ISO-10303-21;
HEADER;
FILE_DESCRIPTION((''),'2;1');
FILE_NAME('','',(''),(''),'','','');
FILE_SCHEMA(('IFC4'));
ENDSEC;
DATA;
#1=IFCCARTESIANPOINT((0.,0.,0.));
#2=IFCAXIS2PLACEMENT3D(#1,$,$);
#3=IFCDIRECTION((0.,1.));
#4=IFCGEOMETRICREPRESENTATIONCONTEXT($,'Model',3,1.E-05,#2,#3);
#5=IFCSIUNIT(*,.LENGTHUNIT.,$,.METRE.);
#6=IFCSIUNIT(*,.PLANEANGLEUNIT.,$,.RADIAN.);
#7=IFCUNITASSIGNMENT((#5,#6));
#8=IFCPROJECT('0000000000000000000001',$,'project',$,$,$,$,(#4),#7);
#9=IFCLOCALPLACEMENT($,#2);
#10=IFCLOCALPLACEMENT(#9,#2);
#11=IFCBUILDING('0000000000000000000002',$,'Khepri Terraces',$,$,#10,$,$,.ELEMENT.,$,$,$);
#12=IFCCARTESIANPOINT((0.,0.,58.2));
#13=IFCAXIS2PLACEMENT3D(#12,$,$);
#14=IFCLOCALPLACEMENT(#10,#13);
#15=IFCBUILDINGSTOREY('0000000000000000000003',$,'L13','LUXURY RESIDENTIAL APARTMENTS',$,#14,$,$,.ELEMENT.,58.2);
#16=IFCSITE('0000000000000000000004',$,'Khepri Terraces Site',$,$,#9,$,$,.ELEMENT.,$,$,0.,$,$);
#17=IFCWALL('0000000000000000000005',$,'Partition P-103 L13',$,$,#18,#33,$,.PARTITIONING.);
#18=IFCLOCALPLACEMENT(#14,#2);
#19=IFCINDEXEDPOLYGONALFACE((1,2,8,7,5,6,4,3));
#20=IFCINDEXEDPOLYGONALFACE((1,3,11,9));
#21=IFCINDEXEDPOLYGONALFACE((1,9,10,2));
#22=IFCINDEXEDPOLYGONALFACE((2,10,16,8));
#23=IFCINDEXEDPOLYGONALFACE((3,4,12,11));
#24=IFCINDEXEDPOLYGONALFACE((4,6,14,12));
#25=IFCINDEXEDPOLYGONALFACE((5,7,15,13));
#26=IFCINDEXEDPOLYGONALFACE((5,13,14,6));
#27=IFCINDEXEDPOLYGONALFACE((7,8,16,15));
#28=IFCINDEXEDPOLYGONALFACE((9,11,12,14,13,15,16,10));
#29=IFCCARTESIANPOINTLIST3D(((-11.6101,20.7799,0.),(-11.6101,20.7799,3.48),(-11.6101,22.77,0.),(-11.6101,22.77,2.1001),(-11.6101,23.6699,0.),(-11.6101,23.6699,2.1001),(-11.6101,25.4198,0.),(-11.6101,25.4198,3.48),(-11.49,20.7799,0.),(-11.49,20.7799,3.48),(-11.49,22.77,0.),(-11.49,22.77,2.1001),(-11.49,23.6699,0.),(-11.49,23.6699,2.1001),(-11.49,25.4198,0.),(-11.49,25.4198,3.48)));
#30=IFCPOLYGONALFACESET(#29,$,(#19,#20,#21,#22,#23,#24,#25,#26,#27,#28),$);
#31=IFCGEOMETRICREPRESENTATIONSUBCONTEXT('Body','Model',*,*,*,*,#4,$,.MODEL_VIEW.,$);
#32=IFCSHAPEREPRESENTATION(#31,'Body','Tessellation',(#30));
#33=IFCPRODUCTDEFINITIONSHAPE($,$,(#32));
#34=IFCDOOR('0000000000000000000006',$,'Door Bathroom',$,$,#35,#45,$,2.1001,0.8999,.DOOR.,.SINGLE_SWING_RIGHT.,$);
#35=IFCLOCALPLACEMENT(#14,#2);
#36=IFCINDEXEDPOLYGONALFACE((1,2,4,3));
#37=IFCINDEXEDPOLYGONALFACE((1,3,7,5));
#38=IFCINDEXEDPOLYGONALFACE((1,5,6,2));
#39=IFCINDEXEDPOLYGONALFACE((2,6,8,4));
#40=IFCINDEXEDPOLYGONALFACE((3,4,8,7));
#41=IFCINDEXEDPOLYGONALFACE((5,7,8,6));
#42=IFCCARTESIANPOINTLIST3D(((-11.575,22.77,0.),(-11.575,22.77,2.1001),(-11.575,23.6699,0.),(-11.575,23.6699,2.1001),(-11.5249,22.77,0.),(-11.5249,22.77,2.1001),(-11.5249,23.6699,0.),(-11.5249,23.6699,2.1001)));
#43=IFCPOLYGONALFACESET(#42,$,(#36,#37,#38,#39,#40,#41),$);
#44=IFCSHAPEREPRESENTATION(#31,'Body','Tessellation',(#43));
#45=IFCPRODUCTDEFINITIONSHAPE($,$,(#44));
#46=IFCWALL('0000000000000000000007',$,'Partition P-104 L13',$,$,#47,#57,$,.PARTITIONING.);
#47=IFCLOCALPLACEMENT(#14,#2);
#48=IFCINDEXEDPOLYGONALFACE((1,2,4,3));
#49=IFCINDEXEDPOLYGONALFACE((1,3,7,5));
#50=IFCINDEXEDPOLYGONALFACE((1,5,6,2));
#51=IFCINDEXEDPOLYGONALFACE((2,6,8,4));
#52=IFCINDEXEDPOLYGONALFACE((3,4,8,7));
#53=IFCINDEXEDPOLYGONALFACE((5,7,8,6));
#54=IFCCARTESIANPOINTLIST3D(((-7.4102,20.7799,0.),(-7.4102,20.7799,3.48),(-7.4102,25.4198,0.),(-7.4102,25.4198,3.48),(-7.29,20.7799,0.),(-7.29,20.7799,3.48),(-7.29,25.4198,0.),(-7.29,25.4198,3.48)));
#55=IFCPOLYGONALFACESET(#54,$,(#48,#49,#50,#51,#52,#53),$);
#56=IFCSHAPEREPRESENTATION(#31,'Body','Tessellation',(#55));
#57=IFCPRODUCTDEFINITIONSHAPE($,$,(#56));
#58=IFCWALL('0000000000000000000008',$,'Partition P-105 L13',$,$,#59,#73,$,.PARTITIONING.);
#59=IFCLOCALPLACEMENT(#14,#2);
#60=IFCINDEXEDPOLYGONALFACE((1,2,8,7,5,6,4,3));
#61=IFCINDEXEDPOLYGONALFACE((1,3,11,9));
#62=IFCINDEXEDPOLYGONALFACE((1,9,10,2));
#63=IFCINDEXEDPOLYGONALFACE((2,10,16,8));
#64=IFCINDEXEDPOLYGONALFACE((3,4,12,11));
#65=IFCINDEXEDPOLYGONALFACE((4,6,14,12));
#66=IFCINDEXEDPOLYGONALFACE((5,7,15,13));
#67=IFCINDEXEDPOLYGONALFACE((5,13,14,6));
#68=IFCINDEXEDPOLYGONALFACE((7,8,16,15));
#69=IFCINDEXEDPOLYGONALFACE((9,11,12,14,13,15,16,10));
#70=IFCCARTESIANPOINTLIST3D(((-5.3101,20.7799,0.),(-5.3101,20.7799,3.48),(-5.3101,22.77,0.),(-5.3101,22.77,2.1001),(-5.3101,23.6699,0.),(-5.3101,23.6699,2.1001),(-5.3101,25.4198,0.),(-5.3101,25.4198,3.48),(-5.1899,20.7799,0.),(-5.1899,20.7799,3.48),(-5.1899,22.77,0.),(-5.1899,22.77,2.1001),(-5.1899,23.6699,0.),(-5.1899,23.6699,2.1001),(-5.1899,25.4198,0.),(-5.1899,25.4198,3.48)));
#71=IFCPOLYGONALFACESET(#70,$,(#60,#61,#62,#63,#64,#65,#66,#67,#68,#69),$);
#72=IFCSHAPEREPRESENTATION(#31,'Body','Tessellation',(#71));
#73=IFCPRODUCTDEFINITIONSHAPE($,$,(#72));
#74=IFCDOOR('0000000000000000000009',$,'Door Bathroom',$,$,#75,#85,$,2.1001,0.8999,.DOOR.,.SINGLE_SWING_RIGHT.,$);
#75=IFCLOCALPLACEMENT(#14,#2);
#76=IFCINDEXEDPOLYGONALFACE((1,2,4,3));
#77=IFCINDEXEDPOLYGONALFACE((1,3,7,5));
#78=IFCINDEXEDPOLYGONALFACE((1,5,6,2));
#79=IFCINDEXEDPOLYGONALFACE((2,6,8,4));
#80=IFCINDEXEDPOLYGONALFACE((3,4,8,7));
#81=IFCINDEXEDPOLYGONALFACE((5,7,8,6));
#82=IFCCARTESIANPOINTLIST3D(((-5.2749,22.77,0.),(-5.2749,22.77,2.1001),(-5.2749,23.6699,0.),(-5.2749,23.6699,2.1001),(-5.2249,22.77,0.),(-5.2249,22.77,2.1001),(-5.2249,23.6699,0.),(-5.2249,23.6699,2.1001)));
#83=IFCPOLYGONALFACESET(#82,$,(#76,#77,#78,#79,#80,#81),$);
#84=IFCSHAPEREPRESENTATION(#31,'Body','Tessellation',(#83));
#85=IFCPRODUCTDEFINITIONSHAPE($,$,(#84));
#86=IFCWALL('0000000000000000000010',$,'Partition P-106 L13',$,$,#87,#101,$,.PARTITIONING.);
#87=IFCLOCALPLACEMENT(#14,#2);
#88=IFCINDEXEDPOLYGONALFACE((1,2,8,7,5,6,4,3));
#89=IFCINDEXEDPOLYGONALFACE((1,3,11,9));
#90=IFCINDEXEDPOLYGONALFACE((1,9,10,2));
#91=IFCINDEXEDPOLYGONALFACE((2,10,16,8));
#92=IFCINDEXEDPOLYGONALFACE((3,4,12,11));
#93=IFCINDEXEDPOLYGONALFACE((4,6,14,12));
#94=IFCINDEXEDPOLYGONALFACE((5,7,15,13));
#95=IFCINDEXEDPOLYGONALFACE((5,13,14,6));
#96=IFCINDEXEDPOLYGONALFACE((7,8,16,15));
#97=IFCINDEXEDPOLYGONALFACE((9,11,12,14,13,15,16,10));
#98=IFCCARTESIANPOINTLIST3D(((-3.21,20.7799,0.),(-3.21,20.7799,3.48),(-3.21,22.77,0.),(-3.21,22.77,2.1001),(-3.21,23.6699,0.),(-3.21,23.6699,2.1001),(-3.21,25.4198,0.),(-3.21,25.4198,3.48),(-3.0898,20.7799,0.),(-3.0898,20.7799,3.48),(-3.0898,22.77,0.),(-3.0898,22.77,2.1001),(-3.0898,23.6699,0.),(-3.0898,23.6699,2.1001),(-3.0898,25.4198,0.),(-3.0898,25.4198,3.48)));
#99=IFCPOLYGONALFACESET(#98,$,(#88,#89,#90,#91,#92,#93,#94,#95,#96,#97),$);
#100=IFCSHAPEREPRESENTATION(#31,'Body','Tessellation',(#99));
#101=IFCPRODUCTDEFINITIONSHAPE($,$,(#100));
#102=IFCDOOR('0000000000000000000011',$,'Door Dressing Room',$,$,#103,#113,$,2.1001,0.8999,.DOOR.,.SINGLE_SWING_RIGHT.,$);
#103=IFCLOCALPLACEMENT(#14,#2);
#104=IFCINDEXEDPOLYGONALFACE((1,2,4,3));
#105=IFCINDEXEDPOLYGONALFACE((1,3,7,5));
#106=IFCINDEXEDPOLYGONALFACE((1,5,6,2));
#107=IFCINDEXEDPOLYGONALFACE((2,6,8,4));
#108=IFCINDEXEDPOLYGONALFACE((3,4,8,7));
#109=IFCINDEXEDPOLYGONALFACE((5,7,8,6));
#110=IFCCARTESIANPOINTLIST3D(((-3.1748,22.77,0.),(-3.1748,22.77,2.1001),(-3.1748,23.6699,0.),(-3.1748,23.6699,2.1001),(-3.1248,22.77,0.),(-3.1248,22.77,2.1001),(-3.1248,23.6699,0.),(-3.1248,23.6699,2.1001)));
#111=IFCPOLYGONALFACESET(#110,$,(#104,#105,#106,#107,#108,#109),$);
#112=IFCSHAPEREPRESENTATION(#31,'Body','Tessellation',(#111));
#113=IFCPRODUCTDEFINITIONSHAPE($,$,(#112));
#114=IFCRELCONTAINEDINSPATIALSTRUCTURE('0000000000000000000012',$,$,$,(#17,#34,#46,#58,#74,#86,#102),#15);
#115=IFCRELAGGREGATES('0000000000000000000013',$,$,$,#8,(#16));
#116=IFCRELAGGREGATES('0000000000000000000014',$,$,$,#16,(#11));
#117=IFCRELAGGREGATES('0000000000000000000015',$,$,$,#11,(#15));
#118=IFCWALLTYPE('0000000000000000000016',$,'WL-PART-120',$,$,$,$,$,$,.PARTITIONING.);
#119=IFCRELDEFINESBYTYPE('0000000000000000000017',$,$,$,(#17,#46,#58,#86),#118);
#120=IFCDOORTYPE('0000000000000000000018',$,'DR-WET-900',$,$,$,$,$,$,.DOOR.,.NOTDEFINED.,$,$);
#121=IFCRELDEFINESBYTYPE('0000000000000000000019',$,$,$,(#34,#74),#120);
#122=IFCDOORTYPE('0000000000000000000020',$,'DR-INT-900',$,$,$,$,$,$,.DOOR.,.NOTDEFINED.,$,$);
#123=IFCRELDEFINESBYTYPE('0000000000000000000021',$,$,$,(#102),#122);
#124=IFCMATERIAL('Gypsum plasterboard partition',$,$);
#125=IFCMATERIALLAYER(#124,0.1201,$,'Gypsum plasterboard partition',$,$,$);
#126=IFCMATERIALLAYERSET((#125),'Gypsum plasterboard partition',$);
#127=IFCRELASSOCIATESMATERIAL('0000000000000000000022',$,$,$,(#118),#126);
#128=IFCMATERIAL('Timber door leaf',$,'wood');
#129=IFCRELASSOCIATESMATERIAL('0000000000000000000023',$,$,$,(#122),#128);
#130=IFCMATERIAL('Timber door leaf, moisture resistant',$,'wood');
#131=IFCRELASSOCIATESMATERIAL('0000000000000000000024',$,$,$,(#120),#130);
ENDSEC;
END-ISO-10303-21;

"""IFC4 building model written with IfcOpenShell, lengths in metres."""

from ifc_helpers import new_model, si_unit, direction, frame, frame_2d, origin, place, context, subcontext, project, spatial, rectangle, extrude, material, layer, layer_set, type_object, element, fill, save


model = new_model("IFC4")

# Units and contexts
model_context = context("Model", 3, precision=1e-05, world=origin(), true_north=direction((0.0, 1.0)))
body_context = subcontext(model_context, "Body", "Model", "MODEL_VIEW")
ifc_project = project(units=[si_unit("LENGTHUNIT", "METRE"), si_unit("PLANEANGLEUNIT", "RADIAN")], contexts=[model_context])

# Site, building, storey
site_placement = place(None, origin())
site = spatial("IfcSite", under=ifc_project, at=site_placement, Name="Khepri Terraces Site", CompositionType="ELEMENT", RefElevation=0.0)
building_placement = place(site_placement, origin())
building = spatial("IfcBuilding", under=site, at=building_placement, Name="Khepri Terraces", CompositionType="ELEMENT")
storey_placement = place(building_placement, frame((0.0, 0.0, 58.2)))
storey = spatial("IfcBuildingStorey", under=building, at=storey_placement, Name="L13", Description="LUXURY RESIDENTIAL APARTMENTS", CompositionType="ELEMENT", Elevation=58.2)

# Shared definitions
ifc_material_1 = material(Name="Gypsum plasterboard partition")
ifc_layer_1 = layer(ifc_material_1, 0.1201, Name="Gypsum plasterboard partition")
ifc_layer_set_1 = layer_set([ifc_layer_1], Name="Gypsum plasterboard partition")
wall_type_1 = type_object("IfcWallType", Name="WL-PART-120", PredefinedType="PARTITIONING", material=ifc_layer_set_1)
ifc_material_2 = material(Name="Timber door leaf", Category="wood")
door_type_1 = type_object("IfcDoorType", Name="DR-INT-900", OperationType="NOTDEFINED", PredefinedType="DOOR", material=ifc_material_2)

# Wall, opening, door
wall_1_placement = place(storey_placement, frame((-11.55, 20.78, 0.0), z_axis=(0.0, 0.0, 1.0), x_axis=(0.0, 1.0, 0.0)))
wall_1 = element("IfcWall", 1, at=wall_1_placement, inside=storey, type_object=wall_type_1, Name="Partition P-103 L13", PredefinedType="PARTITIONING", context=body_context, shape_type="SweptSolid", body=[
    extrude(rectangle(XDim=4.6399, YDim=0.1201, at=frame_2d((2.3198, 0.0))), origin(), (0.0, 0.0, 1.0), 3.48),
])
opening_1_placement = place(wall_1_placement, frame((1.99, 0.0, 0.0)))
opening_1 = element("IfcOpeningElement", 2, at=opening_1_placement, cuts=wall_1, PredefinedType="OPENING", context=body_context, shape_type="SweptSolid", body=[
    extrude(rectangle(XDim=0.8999, YDim=2.1001, at=frame_2d((0.45, 1.05))), frame((0.0, 0.0701, 0.0), z_axis=(0.0, -1.0, 0.0), x_axis=(1.0, 0.0, 0.0)), (0.0, 0.0, 1.0), 0.1401),
])
ifc_material_3 = material(Name="Timber door leaf, moisture resistant", Category="wood")
door_type_2 = type_object("IfcDoorType", Name="DR-WET-900", OperationType="NOTDEFINED", PredefinedType="DOOR", material=ifc_material_3)
door_1_placement = place(opening_1_placement, origin())
door_1 = element("IfcDoor", 3, at=door_1_placement, inside=storey, type_object=door_type_2, Name="Door Bathroom", OperationType="SINGLE_SWING_RIGHT", OverallHeight=2.1001, OverallWidth=0.8999, PredefinedType="DOOR", context=body_context, shape_type="SweptSolid", body=[
    extrude(rectangle(XDim=0.8999, YDim=2.1001, at=frame_2d((0.45, 1.05))), frame((0.0, 0.0249, 0.0), z_axis=(0.0, -1.0, 0.0), x_axis=(1.0, 0.0, 0.0)), (0.0, 0.0, 1.0), 0.05),
])
fill(opening_1, door_1)

# Wall
wall_2_placement = place(storey_placement, frame((-7.3501, 20.78, 0.0), z_axis=(0.0, 0.0, 1.0), x_axis=(0.0, 1.0, 0.0)))
element("IfcWall", 4, at=wall_2_placement, inside=storey, type_object=wall_type_1, Name="Partition P-104 L13", PredefinedType="PARTITIONING", context=body_context, shape_type="SweptSolid", body=[
    extrude(rectangle(XDim=4.6399, YDim=0.1201, at=frame_2d((2.3198, 0.0))), origin(), (0.0, 0.0, 1.0), 3.48),
])

# Walls, openings, doors
wall_3_placement = place(storey_placement, frame((-5.25, 20.78, 0.0), z_axis=(0.0, 0.0, 1.0), x_axis=(0.0, 1.0, 0.0)))
wall_3 = element("IfcWall", 5, at=wall_3_placement, inside=storey, type_object=wall_type_1, Name="Partition P-105 L13", PredefinedType="PARTITIONING", context=body_context, shape_type="SweptSolid", body=[
    extrude(rectangle(XDim=4.6399, YDim=0.1201, at=frame_2d((2.3198, 0.0))), origin(), (0.0, 0.0, 1.0), 3.48),
])
opening_2_placement = place(wall_3_placement, frame((1.99, 0.0, 0.0)))
opening_2 = element("IfcOpeningElement", 6, at=opening_2_placement, cuts=wall_3, PredefinedType="OPENING", context=body_context, shape_type="SweptSolid", body=[
    extrude(rectangle(XDim=0.8999, YDim=2.1001, at=frame_2d((0.45, 1.05))), frame((0.0, 0.0701, 0.0), z_axis=(0.0, -1.0, 0.0), x_axis=(1.0, 0.0, 0.0)), (0.0, 0.0, 1.0), 0.1401),
])
door_2_placement = place(opening_2_placement, origin())
door_2 = element("IfcDoor", 7, at=door_2_placement, inside=storey, type_object=door_type_2, Name="Door Bathroom", OperationType="SINGLE_SWING_RIGHT", OverallHeight=2.1001, OverallWidth=0.8999, PredefinedType="DOOR", context=body_context, shape_type="SweptSolid", body=[
    extrude(rectangle(XDim=0.8999, YDim=2.1001, at=frame_2d((0.45, 1.05))), frame((0.0, 0.0249, 0.0), z_axis=(0.0, -1.0, 0.0), x_axis=(1.0, 0.0, 0.0)), (0.0, 0.0, 1.0), 0.05),
])
fill(opening_2, door_2)
wall_4_placement = place(storey_placement, frame((-3.1499, 20.78, 0.0), z_axis=(0.0, 0.0, 1.0), x_axis=(0.0, 1.0, 0.0)))
wall_4 = element("IfcWall", 8, at=wall_4_placement, inside=storey, type_object=wall_type_1, Name="Partition P-106 L13", PredefinedType="PARTITIONING", context=body_context, shape_type="SweptSolid", body=[
    extrude(rectangle(XDim=4.6399, YDim=0.1201, at=frame_2d((2.3198, 0.0))), origin(), (0.0, 0.0, 1.0), 3.48),
])
opening_3_placement = place(wall_4_placement, frame((1.99, 0.0, 0.0)))
opening_3 = element("IfcOpeningElement", 9, at=opening_3_placement, cuts=wall_4, PredefinedType="OPENING", context=body_context, shape_type="SweptSolid", body=[
    extrude(rectangle(XDim=0.8999, YDim=2.1001, at=frame_2d((0.45, 1.05))), frame((0.0, 0.0701, 0.0), z_axis=(0.0, -1.0, 0.0), x_axis=(1.0, 0.0, 0.0)), (0.0, 0.0, 1.0), 0.1401),
])
door_3_placement = place(opening_3_placement, origin())
door_3 = element("IfcDoor", 10, at=door_3_placement, inside=storey, type_object=door_type_1, Name="Door Dressing Room", OperationType="SINGLE_SWING_RIGHT", OverallHeight=2.1001, OverallWidth=0.8999, PredefinedType="DOOR", context=body_context, shape_type="SweptSolid", body=[
    extrude(rectangle(XDim=0.8999, YDim=2.1001, at=frame_2d((0.45, 1.05))), frame((0.0, 0.0249, 0.0), z_axis=(0.0, -1.0, 0.0), x_axis=(1.0, 0.0, 0.0)), (0.0, 0.0, 1.0), 0.05),
])
fill(opening_3, door_3)

save(model, "model.ifc")
